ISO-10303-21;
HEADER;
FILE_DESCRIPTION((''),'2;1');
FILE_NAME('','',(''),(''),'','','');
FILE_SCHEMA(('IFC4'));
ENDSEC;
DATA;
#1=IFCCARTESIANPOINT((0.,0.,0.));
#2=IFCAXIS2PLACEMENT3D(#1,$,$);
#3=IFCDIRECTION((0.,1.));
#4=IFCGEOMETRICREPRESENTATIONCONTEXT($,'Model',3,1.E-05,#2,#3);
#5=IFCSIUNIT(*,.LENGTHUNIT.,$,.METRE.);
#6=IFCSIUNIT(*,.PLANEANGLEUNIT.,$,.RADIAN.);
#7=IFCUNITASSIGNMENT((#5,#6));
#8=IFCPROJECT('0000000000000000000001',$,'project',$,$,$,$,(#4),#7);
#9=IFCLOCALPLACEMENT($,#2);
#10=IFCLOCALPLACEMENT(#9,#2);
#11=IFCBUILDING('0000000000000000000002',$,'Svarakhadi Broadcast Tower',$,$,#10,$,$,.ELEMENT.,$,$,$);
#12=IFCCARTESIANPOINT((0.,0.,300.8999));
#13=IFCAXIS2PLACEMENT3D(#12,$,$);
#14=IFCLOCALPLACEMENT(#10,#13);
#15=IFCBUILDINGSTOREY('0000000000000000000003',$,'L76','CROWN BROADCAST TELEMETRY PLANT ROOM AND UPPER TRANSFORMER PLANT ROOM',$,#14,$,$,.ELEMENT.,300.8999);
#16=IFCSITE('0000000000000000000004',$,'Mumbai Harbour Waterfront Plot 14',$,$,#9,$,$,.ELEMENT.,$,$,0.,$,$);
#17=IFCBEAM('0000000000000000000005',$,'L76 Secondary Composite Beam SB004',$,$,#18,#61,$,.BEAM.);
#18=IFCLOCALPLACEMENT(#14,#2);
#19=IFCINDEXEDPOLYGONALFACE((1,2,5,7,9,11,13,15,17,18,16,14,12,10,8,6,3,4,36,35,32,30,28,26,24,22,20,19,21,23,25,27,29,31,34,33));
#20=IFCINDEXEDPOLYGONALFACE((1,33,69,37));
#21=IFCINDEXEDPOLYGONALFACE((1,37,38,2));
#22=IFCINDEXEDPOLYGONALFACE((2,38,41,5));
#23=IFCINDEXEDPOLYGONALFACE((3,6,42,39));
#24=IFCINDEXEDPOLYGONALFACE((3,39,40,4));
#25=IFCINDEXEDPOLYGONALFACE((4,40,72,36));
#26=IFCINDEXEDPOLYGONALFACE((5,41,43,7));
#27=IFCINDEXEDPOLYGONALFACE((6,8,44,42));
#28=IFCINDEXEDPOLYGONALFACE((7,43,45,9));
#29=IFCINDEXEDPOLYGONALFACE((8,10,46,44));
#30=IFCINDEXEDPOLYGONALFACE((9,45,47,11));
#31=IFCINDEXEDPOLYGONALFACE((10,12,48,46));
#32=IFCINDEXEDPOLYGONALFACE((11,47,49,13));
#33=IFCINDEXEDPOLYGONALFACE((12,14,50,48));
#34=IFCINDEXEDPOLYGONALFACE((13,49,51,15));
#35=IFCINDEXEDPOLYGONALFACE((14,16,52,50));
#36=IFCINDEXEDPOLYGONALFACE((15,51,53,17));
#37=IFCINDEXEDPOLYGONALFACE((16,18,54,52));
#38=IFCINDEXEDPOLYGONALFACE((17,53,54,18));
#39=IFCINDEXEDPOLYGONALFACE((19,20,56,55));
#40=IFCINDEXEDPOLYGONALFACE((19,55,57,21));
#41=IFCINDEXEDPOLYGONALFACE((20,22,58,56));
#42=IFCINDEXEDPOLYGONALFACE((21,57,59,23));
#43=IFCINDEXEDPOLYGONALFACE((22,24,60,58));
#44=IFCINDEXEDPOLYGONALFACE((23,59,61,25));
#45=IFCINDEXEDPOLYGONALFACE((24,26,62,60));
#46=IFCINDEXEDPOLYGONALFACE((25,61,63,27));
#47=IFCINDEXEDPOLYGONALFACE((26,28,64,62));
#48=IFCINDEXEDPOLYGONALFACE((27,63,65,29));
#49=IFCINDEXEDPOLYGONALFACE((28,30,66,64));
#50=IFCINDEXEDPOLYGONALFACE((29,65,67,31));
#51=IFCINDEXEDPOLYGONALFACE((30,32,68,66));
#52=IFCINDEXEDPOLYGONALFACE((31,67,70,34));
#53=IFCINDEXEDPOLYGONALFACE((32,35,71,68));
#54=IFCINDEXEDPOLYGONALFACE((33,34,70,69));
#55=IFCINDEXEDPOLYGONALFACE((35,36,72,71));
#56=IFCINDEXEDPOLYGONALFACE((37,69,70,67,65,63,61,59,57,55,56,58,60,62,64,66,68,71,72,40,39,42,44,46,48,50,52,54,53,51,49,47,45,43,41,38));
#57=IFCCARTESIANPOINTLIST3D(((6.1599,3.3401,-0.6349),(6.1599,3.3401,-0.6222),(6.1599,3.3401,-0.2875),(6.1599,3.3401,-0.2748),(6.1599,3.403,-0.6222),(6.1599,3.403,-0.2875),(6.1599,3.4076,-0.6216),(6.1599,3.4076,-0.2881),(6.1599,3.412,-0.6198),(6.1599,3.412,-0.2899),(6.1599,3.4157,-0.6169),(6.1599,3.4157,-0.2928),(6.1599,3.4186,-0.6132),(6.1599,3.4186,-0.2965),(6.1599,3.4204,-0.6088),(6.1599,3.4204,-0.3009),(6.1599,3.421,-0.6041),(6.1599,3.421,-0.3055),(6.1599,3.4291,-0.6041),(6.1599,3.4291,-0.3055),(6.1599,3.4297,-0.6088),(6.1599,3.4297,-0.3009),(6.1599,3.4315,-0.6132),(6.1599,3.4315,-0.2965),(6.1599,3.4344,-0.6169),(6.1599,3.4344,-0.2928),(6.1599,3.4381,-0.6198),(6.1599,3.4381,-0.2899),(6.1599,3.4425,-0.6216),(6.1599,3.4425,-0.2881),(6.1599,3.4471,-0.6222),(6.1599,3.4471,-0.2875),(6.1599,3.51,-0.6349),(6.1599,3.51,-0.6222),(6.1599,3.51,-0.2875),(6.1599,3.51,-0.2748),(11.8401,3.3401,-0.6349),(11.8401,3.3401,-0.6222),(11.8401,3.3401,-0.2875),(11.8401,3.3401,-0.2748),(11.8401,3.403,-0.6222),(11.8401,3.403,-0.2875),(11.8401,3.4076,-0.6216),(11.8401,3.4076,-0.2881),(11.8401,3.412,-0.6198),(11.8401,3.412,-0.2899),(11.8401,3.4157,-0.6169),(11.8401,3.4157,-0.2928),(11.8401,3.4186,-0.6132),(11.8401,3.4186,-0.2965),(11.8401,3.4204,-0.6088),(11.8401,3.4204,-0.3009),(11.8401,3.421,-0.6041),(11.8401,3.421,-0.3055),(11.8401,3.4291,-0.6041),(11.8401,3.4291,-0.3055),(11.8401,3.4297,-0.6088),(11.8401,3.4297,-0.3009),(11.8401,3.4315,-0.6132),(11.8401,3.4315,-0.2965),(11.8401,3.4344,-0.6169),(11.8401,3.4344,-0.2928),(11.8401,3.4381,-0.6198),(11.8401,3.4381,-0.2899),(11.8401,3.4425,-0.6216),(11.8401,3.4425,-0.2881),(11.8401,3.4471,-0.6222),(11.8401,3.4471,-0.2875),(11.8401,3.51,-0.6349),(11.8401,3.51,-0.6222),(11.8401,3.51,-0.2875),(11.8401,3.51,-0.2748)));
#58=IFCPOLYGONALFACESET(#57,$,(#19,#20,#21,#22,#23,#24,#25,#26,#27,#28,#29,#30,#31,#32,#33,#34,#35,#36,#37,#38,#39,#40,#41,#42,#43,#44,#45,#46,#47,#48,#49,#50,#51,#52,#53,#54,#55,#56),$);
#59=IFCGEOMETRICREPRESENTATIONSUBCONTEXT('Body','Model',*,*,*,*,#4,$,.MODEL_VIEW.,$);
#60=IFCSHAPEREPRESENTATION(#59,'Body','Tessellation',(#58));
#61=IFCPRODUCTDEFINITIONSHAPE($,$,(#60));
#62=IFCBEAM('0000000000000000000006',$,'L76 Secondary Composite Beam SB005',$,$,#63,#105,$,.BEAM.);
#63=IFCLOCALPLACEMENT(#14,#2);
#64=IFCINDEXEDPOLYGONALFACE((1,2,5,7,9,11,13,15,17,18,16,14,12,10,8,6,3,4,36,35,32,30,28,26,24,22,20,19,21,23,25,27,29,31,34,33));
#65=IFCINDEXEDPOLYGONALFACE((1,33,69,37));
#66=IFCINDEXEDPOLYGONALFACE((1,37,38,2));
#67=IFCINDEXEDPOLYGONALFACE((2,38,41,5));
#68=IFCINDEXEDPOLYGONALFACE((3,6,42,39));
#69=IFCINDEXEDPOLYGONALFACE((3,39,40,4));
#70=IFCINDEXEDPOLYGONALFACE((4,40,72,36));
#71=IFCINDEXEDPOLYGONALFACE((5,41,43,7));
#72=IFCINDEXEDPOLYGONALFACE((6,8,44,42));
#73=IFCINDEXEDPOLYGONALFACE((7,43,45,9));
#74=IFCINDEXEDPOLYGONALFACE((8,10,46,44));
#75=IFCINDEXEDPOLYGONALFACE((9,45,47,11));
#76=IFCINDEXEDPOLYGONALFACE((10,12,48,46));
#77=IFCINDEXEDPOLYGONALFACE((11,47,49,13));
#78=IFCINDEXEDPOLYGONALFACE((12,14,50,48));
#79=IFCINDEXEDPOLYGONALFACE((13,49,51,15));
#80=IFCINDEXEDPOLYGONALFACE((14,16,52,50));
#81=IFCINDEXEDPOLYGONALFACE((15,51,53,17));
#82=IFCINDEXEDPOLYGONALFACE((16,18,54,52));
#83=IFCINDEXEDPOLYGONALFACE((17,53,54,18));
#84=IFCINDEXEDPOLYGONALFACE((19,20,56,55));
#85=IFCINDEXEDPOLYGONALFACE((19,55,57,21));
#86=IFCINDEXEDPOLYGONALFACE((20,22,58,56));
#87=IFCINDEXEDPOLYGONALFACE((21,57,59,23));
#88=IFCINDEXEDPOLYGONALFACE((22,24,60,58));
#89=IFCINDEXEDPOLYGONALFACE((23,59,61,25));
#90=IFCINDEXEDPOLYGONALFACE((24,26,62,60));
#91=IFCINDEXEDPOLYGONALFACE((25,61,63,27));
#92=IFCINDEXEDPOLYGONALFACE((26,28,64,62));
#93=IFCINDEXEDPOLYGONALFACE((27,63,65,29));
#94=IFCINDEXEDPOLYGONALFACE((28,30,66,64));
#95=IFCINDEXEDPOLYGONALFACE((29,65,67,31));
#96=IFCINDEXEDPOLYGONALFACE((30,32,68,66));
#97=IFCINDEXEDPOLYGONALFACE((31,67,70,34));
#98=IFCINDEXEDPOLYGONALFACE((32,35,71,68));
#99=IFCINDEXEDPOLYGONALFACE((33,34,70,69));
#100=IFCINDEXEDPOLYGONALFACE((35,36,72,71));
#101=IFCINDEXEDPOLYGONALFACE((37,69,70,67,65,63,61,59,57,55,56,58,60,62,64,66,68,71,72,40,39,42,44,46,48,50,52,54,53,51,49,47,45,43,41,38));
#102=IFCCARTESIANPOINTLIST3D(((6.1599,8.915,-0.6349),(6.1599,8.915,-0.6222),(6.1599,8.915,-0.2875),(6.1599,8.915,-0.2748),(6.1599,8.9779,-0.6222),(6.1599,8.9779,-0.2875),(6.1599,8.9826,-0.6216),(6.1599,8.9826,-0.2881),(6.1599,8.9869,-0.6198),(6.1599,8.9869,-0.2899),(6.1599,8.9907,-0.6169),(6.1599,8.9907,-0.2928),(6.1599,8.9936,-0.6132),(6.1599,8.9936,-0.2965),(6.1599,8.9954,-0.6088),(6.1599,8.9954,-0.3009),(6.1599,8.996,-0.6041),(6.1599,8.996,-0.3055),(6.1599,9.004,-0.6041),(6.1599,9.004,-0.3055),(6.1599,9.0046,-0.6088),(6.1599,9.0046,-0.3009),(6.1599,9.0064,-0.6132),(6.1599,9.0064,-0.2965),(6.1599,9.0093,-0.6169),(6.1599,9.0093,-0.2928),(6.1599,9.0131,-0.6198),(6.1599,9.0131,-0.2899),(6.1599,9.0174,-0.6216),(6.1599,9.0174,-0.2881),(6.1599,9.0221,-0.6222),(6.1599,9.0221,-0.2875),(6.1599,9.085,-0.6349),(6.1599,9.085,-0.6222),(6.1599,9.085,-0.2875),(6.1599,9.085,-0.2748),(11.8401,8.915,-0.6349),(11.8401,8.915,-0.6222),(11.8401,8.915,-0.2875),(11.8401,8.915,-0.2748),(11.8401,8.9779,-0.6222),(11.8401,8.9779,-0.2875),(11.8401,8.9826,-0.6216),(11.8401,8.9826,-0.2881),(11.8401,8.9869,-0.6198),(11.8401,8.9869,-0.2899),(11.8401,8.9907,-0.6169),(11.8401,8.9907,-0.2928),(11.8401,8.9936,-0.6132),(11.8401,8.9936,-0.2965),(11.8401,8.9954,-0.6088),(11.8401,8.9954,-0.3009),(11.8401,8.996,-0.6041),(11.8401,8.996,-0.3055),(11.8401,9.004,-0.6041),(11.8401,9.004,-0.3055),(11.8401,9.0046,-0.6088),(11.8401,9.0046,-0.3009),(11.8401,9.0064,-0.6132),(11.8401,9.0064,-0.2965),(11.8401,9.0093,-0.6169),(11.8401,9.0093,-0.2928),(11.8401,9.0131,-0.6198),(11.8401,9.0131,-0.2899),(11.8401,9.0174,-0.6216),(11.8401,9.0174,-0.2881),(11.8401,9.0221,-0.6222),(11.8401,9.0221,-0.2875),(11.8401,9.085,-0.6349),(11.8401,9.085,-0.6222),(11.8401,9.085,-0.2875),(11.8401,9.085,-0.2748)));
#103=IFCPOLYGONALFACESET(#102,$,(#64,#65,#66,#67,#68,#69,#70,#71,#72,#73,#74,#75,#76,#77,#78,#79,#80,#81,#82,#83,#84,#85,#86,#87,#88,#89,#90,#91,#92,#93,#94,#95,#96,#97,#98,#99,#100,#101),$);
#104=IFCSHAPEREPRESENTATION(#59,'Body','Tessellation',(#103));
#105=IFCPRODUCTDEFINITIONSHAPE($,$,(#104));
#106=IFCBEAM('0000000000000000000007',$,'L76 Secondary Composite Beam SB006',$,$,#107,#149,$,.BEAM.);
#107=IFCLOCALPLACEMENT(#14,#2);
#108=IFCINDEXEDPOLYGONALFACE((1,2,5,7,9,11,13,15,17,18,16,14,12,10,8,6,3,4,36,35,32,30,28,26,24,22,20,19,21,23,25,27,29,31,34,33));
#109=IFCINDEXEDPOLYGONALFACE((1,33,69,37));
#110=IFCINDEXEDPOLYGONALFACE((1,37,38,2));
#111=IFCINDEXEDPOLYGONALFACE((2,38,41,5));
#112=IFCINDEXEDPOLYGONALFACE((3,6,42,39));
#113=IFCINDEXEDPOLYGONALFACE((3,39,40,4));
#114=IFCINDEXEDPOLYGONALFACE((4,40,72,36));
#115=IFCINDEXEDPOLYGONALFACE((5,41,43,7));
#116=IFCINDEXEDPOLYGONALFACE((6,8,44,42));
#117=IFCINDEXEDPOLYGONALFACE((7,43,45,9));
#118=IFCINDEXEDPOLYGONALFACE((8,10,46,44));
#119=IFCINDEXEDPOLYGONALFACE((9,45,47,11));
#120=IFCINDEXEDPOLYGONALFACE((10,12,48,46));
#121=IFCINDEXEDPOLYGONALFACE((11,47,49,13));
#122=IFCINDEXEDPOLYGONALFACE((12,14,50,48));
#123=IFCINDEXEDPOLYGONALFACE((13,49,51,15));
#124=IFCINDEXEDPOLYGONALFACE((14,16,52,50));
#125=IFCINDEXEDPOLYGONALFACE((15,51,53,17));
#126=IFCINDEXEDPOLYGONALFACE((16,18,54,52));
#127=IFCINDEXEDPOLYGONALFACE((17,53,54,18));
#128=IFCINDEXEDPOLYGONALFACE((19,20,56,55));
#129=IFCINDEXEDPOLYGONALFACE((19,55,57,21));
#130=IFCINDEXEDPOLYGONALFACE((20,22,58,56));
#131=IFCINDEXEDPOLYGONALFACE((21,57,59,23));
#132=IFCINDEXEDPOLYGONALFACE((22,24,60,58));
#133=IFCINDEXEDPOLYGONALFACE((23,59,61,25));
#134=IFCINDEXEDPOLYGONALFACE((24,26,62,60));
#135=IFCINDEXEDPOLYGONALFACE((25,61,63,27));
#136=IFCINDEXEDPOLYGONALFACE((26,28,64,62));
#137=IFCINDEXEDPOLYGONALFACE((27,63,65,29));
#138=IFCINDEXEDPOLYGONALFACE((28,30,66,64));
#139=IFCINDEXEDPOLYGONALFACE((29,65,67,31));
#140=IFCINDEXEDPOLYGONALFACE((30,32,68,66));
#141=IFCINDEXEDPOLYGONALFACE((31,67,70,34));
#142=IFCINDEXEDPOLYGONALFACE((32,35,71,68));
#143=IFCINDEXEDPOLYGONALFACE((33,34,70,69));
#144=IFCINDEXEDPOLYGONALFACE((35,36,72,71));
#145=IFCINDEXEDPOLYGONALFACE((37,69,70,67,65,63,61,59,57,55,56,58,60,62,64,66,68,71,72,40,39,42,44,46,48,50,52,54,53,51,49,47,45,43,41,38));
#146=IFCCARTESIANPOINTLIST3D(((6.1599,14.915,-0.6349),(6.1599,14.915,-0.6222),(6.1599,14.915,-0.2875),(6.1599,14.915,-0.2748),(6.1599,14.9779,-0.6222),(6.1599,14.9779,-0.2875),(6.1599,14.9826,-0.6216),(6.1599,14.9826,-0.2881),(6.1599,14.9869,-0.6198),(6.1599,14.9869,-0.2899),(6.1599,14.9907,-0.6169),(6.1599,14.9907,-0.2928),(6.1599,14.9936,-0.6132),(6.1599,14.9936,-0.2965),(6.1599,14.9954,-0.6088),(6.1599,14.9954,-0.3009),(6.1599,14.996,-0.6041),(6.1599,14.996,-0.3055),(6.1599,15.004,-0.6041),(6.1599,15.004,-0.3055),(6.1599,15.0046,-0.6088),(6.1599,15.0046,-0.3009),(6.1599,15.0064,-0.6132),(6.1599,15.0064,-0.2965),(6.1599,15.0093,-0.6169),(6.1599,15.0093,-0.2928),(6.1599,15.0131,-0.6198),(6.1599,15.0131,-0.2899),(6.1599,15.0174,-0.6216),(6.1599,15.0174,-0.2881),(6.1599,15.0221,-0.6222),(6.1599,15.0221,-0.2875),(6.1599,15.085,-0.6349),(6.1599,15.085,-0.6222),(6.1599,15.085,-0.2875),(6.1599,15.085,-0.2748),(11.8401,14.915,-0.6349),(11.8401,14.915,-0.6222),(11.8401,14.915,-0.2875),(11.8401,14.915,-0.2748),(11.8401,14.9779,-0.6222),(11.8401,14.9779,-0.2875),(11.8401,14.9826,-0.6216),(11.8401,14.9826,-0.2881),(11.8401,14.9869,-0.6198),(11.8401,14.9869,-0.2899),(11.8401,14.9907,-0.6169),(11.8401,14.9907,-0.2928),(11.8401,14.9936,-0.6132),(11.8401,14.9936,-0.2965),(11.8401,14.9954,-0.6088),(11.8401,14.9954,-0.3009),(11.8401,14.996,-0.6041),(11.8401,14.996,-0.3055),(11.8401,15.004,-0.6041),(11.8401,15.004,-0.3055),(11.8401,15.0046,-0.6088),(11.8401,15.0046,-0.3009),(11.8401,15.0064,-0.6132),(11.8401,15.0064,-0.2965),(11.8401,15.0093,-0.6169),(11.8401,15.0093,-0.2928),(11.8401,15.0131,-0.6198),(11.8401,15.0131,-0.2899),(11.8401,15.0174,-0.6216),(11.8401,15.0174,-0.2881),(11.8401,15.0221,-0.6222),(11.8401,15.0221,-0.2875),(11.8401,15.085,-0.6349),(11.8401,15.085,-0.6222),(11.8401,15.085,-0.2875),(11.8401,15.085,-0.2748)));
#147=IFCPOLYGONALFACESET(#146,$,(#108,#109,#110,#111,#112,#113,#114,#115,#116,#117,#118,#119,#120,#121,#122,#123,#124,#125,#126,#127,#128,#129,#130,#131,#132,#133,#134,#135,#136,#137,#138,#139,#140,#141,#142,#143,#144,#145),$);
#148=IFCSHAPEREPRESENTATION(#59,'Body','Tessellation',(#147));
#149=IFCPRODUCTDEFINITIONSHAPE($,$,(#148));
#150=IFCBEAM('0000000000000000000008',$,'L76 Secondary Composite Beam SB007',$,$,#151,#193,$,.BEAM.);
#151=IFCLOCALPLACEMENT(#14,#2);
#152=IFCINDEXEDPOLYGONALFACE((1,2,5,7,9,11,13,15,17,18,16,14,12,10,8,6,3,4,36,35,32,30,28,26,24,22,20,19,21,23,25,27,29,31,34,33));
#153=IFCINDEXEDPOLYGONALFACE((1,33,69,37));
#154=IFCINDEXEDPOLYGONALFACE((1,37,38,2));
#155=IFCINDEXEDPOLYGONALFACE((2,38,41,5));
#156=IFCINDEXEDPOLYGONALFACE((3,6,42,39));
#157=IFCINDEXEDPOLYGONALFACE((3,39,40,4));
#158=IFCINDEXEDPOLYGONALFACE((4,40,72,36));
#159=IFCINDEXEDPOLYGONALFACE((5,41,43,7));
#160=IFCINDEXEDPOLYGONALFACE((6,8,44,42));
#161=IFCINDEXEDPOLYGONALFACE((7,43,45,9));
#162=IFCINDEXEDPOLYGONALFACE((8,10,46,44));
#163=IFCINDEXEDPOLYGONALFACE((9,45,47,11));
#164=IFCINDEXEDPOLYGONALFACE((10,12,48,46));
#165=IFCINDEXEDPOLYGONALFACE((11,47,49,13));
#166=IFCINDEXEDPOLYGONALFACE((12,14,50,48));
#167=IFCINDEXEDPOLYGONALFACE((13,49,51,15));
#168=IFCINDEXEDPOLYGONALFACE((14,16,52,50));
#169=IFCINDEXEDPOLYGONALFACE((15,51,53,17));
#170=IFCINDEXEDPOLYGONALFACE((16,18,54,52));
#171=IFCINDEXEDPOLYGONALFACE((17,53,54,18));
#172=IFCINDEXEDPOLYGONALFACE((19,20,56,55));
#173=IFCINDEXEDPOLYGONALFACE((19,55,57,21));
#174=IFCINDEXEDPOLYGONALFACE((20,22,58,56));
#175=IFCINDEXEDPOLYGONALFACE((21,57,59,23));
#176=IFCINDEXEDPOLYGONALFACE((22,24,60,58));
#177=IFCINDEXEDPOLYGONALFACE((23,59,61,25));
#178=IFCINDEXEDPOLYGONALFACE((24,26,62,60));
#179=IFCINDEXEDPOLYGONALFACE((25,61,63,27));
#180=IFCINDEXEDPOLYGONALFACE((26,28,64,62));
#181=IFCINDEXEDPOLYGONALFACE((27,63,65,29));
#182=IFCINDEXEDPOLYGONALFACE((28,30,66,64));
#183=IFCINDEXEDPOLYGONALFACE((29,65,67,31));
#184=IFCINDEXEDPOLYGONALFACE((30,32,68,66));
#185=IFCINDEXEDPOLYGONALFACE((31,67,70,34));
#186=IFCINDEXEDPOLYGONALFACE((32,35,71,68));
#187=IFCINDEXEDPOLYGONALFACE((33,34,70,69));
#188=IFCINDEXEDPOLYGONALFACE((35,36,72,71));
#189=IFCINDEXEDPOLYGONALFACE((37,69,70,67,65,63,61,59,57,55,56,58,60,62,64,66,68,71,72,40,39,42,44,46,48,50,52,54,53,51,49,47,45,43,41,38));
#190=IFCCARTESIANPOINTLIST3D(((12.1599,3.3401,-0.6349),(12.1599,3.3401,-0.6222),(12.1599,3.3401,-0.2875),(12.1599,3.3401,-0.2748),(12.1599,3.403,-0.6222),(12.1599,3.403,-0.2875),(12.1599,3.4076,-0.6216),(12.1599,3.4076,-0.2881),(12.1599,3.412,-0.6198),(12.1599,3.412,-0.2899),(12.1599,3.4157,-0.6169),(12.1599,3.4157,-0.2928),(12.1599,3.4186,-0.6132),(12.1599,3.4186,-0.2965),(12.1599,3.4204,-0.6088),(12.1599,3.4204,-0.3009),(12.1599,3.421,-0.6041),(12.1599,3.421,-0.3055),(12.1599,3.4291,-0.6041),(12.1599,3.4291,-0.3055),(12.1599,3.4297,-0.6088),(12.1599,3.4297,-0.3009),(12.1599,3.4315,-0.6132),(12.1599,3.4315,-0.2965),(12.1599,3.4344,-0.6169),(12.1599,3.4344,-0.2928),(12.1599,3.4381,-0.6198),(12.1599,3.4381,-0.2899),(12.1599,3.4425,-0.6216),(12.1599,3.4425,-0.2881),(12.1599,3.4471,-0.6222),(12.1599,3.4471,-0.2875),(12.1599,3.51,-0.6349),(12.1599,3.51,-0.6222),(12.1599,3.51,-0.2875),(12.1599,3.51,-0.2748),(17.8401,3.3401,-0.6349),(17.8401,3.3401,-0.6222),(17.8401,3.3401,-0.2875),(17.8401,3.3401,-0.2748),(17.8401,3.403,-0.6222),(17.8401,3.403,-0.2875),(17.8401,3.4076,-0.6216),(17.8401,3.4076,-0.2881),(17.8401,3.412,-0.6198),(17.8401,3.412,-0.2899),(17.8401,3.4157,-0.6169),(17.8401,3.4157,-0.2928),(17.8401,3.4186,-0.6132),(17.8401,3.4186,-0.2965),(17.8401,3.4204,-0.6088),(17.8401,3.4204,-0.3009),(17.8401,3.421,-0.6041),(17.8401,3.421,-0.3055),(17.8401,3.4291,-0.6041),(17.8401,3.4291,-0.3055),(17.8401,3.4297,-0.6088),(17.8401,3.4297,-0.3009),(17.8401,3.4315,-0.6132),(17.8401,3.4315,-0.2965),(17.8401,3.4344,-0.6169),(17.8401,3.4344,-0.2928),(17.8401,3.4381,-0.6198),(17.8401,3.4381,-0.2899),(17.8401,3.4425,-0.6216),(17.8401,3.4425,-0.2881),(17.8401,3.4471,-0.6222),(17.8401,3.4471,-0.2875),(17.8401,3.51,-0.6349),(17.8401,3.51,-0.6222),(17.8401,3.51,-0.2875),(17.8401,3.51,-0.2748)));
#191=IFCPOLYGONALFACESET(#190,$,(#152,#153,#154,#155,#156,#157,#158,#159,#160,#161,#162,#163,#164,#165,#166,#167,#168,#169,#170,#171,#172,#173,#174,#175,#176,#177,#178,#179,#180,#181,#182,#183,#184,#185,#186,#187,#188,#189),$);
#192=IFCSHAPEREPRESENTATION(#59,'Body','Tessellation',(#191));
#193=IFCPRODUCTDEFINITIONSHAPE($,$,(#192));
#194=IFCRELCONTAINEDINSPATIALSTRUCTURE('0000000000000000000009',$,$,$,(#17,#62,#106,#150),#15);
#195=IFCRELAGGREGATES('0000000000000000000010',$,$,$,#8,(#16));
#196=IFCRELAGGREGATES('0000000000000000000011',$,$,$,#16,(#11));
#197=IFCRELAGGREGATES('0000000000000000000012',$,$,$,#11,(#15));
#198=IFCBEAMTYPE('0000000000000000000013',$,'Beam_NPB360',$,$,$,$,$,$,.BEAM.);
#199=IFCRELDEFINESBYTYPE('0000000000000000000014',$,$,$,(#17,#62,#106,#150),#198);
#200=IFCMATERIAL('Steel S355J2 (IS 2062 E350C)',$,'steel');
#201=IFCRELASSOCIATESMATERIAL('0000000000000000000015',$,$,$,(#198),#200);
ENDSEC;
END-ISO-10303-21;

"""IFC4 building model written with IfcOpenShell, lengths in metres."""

from ifc_helpers import new_model, si_unit, direction, frame, origin, origin_2d, place, context, subcontext, project, spatial, i_section, extrude, material, material_profile, profile_set, type_object, element, save


model = new_model("IFC4")

# Units and contexts
model_context = context("Model", 3, precision=1e-05, world=origin(), true_north=direction((0.0, 1.0)))
body_context = subcontext(model_context, "Body", "Model", "MODEL_VIEW")
ifc_project = project(units=[si_unit("LENGTHUNIT", "METRE"), si_unit("PLANEANGLEUNIT", "RADIAN")], contexts=[model_context])

# Site, building, storey
site_placement = place(None, origin())
site = spatial("IfcSite", under=ifc_project, at=site_placement, Name="Mumbai Harbour Waterfront Plot 14", CompositionType="ELEMENT", RefElevation=0.0)
building_placement = place(site_placement, origin())
building = spatial("IfcBuilding", under=site, at=building_placement, Name="Svarakhadi Broadcast Tower", CompositionType="ELEMENT")
storey_placement = place(building_placement, frame((0.0, 0.0, 300.8999)))
storey = spatial("IfcBuildingStorey", under=building, at=storey_placement, Name="L76", Description="CROWN BROADCAST TELEMETRY PLANT ROOM AND UPPER TRANSFORMER PLANT ROOM", CompositionType="ELEMENT", Elevation=300.8999)

# Beams
ifc_material_1 = material(Name="Steel S355J2 (IS 2062 E350C)", Category="steel")
ifc_material_profile_1 = material_profile(ifc_material_1, i_section(OverallWidth=0.1699, OverallDepth=0.3601, WebThickness=0.0081, FlangeThickness=0.0127, FilletRadius=0.0181, at=origin_2d()), Name="NPB 360x170x57")
ifc_profile_set_1 = profile_set([ifc_material_profile_1], Name="Steel S355J2 (IS 2062 E350C)")
beam_type_1 = type_object("IfcBeamType", Name="Beam_NPB360", PredefinedType="BEAM", material=ifc_profile_set_1)
for number, where, z_axis, x_axis, name in (
    (1, (6.1599, 3.425, -0.4548), (1.0, 0.0, 0.0), (0.0, 1.0, 0.0), "L76 Secondary Composite Beam SB004"),
    (2, (6.1599, 9.0, -0.4548), (1.0, 0.0, 0.0), (0.0, 1.0, 0.0), "L76 Secondary Composite Beam SB005"),
    (3, (6.1599, 15.0, -0.4548), (1.0, 0.0, 0.0), (0.0, 1.0, 0.0), "L76 Secondary Composite Beam SB006"),
    (4, (12.1599, 3.425, -0.4548), (1.0, 0.0, 0.0), (0.0, 1.0, 0.0), "L76 Secondary Composite Beam SB007"),
):
    element("IfcBeam", number, at=place(storey_placement, frame(where, z_axis=z_axis, x_axis=x_axis)), inside=storey, type_object=beam_type_1, Name=name, PredefinedType="BEAM", context=body_context, shape_type="SweptSolid", body=[
        extrude(i_section(OverallWidth=0.1699, OverallDepth=0.3601, WebThickness=0.0081, FlangeThickness=0.0127, FilletRadius=0.0181, at=origin_2d()), origin(), (0.0, 0.0, 1.0), 5.6802),
    ])

save(model, "model.ifc")
